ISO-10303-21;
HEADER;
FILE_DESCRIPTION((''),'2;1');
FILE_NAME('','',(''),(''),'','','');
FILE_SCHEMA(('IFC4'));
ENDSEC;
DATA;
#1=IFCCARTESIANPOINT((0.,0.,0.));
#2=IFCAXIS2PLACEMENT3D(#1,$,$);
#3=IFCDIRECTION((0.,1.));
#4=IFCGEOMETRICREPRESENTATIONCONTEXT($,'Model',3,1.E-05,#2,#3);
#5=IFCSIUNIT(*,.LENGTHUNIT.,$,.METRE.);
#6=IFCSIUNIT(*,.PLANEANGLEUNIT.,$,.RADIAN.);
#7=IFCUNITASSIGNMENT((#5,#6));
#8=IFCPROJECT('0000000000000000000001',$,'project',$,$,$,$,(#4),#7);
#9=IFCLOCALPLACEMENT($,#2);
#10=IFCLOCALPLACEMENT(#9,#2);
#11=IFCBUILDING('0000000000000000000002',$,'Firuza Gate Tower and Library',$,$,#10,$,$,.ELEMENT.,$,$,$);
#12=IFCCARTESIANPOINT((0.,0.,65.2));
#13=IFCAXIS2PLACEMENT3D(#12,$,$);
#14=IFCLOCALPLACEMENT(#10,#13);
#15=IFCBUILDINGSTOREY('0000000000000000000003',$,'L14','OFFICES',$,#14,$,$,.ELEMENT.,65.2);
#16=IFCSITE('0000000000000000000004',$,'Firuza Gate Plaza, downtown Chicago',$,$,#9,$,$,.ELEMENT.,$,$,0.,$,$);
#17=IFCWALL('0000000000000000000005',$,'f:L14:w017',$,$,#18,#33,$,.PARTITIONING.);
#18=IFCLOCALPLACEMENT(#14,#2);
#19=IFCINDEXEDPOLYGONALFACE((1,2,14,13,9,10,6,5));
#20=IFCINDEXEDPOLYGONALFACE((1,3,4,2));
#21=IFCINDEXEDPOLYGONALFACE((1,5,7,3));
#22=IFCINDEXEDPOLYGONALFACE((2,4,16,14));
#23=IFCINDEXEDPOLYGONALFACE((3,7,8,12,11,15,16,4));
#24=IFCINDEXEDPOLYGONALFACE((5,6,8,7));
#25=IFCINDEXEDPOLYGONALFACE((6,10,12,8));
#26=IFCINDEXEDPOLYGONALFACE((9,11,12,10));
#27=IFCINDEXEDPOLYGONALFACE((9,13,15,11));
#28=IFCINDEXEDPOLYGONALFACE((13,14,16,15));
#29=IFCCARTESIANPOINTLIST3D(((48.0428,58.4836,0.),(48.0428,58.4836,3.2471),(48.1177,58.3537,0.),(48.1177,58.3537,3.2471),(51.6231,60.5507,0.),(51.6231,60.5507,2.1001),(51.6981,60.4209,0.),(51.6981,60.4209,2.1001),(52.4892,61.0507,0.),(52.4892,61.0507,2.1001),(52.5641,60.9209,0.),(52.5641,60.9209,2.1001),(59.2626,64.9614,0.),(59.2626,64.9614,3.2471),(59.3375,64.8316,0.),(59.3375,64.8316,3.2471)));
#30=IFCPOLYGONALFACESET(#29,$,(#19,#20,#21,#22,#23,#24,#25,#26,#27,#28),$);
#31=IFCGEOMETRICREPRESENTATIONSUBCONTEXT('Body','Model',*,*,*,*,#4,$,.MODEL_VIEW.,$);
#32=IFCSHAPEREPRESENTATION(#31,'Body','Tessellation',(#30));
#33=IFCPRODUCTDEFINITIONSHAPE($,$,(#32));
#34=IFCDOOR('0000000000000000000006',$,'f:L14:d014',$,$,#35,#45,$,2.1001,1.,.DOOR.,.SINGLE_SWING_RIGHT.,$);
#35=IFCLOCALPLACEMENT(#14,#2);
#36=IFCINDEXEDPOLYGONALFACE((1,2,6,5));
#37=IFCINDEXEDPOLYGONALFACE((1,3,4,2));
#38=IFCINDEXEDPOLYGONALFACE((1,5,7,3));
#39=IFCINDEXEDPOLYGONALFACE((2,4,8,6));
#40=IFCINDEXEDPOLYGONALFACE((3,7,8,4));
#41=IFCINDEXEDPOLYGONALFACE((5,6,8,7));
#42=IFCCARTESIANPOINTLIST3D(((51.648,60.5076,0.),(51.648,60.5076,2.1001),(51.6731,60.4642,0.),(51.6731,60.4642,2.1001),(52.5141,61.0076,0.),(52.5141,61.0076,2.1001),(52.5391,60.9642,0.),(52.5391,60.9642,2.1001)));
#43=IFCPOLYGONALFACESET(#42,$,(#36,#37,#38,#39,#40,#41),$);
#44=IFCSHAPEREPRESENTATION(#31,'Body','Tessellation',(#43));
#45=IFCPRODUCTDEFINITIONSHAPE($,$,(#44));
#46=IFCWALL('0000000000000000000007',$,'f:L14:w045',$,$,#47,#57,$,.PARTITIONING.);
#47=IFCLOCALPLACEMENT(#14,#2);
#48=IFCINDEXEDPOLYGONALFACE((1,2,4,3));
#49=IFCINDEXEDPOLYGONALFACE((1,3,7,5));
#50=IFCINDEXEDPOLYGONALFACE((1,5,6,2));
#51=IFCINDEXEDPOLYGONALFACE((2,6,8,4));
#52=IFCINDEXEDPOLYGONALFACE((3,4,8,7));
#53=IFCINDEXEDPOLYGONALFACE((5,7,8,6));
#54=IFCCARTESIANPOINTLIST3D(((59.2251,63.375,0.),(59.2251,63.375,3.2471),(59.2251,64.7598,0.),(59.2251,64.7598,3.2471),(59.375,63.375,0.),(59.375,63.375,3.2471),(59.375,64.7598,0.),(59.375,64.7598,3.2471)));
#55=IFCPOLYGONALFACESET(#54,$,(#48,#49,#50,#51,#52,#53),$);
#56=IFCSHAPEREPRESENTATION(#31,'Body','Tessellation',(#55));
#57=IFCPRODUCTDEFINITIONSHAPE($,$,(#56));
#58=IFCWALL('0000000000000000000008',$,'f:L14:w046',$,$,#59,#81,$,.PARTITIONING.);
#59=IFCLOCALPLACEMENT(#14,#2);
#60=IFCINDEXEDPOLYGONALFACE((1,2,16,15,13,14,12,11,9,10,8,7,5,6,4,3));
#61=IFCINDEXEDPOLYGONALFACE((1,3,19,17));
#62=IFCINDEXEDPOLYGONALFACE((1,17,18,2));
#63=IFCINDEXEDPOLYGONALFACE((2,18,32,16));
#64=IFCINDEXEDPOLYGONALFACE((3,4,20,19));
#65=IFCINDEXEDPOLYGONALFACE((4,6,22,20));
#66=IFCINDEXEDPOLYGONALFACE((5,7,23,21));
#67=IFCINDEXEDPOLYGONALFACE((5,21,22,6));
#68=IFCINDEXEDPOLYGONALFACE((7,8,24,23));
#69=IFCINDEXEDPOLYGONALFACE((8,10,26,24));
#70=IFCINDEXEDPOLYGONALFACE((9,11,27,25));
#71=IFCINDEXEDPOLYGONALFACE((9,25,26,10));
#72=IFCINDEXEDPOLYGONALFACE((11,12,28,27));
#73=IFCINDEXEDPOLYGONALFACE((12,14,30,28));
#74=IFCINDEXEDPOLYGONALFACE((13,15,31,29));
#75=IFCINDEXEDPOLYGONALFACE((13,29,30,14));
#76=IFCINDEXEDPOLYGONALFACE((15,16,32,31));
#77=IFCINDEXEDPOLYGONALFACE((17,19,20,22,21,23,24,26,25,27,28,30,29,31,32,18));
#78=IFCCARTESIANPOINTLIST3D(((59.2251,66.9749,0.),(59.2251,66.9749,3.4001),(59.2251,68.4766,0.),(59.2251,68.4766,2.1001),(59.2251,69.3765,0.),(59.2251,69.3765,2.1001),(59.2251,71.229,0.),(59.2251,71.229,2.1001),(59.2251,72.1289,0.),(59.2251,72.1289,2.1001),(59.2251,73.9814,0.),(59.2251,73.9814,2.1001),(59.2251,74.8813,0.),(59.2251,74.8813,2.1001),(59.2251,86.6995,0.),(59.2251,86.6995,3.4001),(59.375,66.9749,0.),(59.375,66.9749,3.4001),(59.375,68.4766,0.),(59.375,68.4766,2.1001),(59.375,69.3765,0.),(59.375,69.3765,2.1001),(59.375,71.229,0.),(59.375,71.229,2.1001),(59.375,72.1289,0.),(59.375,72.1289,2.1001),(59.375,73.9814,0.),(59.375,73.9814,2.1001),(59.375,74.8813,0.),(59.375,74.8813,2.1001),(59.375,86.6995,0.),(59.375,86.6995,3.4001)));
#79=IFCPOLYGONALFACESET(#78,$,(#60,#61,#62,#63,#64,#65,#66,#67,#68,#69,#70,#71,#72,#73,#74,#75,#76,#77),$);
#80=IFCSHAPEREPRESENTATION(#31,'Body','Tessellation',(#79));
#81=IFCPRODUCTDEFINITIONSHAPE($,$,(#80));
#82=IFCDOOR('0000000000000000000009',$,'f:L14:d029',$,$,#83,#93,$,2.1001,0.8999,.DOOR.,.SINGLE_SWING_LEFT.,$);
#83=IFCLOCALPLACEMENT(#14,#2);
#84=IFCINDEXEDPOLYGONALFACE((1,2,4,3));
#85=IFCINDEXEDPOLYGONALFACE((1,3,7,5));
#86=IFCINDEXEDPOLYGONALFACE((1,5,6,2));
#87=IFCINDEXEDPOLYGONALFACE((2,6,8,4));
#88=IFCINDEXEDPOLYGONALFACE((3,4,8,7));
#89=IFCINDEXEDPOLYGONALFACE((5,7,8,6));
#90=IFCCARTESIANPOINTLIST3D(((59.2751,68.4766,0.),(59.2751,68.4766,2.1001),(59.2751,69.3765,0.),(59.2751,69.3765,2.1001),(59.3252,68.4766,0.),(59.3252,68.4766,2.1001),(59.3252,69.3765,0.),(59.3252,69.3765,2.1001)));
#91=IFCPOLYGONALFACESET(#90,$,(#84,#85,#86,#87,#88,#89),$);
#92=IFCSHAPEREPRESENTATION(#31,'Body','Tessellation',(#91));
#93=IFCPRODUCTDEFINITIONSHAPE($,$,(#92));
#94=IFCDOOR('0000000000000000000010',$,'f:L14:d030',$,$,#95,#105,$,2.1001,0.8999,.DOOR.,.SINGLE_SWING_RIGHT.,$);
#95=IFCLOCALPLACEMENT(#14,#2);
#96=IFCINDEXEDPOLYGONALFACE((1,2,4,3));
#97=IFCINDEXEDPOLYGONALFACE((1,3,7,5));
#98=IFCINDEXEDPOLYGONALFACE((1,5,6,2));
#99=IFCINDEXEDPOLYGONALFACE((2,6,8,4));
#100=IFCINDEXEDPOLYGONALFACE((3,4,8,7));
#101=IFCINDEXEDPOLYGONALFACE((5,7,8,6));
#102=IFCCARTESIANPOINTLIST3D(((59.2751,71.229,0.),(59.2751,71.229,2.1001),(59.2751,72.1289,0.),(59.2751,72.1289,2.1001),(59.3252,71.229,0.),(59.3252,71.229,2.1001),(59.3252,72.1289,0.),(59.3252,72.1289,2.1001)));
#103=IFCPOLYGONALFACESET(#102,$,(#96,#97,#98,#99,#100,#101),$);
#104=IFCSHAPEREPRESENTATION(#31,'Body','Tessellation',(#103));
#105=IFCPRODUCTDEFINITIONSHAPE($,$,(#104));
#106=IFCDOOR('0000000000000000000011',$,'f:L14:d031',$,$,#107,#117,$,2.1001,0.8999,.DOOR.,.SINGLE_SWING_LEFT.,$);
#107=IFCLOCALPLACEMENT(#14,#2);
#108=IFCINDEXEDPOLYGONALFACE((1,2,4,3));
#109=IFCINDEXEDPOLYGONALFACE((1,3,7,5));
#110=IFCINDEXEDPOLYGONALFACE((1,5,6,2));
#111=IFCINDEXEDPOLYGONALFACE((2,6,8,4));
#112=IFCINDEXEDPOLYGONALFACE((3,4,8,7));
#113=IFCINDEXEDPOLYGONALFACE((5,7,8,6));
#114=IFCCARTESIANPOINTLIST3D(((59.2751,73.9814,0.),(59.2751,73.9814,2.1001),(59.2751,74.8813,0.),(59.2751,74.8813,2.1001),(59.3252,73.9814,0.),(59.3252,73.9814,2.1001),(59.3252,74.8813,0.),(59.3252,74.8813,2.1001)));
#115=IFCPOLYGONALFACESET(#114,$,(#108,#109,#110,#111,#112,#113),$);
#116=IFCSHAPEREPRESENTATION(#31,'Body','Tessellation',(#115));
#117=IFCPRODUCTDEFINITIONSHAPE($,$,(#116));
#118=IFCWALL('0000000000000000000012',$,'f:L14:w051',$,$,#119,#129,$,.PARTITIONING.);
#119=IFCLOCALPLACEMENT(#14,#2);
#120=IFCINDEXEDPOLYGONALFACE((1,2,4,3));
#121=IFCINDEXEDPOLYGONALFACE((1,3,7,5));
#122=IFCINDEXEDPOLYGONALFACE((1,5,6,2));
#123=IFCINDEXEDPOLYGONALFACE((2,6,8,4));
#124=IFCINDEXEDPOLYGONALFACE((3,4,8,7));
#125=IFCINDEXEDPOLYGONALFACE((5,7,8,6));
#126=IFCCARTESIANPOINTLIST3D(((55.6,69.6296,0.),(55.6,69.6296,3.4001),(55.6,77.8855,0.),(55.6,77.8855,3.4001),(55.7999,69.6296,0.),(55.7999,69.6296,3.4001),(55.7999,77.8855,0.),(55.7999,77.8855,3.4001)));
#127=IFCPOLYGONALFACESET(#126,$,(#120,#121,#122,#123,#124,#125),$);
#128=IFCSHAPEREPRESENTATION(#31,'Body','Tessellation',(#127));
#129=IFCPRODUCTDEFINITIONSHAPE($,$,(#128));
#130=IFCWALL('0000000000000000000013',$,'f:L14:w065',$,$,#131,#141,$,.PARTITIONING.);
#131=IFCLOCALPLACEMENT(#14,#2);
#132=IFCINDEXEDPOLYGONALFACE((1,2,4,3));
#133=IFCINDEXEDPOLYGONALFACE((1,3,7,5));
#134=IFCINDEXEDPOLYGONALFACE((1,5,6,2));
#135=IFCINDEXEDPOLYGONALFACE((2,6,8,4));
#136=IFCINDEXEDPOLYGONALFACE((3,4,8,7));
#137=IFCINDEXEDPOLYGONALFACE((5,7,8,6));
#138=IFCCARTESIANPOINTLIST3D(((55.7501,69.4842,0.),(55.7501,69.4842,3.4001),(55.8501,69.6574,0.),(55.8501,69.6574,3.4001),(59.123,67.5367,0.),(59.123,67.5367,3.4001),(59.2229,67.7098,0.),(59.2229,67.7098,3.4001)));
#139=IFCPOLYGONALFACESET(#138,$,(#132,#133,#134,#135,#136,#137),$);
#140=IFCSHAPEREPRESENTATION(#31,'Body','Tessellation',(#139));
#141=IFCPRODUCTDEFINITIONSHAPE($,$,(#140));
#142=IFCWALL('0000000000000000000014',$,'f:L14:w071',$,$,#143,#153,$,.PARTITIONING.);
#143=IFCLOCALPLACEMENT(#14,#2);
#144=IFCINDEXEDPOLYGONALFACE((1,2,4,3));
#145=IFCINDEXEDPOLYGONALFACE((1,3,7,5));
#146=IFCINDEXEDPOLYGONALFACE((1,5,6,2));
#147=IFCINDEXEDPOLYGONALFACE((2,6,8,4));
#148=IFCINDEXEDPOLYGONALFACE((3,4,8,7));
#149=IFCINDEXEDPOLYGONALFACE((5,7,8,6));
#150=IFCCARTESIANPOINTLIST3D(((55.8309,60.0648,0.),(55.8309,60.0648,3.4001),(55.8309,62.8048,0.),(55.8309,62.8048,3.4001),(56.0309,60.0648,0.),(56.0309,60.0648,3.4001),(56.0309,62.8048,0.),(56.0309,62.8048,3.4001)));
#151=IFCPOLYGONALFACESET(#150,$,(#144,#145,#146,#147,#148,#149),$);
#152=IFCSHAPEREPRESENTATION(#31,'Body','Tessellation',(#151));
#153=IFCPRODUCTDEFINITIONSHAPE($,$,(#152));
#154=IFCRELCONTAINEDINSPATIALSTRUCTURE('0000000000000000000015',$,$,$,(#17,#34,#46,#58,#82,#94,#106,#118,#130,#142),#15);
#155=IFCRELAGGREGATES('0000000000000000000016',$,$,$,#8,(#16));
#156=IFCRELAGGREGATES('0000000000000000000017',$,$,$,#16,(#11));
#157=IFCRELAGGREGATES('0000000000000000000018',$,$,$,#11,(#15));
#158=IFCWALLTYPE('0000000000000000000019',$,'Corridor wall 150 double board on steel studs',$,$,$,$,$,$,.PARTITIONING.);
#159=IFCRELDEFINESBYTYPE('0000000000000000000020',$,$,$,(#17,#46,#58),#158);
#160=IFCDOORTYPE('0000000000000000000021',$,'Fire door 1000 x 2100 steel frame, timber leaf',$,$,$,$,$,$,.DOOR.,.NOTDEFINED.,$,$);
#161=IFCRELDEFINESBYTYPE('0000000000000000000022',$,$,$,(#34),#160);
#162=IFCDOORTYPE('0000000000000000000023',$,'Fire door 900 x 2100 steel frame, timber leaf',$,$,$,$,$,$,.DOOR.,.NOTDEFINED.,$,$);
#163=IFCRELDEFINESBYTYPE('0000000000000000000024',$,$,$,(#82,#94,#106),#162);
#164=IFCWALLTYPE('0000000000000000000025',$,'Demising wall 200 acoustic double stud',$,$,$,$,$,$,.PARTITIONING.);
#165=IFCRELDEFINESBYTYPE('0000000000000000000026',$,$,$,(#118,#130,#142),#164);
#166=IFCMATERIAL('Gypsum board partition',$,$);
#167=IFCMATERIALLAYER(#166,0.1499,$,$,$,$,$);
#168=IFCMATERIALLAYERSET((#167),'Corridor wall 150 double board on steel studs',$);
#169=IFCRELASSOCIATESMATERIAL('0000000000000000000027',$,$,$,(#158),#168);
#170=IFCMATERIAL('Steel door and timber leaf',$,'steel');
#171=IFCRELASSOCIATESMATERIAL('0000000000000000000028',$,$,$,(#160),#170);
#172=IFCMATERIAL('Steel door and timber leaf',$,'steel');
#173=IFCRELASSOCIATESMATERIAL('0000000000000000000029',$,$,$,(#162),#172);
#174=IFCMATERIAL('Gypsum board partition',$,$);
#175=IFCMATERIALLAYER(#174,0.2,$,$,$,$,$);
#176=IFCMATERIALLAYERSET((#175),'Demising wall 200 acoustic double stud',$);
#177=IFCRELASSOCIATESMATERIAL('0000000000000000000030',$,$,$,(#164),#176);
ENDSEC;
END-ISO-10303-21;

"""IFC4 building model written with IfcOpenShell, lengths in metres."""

from ifc_helpers import new_model, si_unit, direction, frame, frame_2d, origin, place, context, subcontext, project, spatial, rectangle, extrude, material, layer, layer_set, type_object, element, fill, save


model = new_model("IFC4")

# Units and contexts
model_context = context("Model", 3, precision=1e-05, world=origin(), true_north=direction((0.0, 1.0)))
body_context = subcontext(model_context, "Body", "Model", "MODEL_VIEW")
ifc_project = project(units=[si_unit("LENGTHUNIT", "METRE"), si_unit("PLANEANGLEUNIT", "RADIAN")], contexts=[model_context])

# Site, building, storey
site_placement = place(None, origin())
site = spatial("IfcSite", under=ifc_project, at=site_placement, Name="Firuza Gate Plaza, downtown Chicago", CompositionType="ELEMENT", RefElevation=0.0)
building_placement = place(site_placement, origin())
building = spatial("IfcBuilding", under=site, at=building_placement, Name="Firuza Gate Tower and Library", CompositionType="ELEMENT")
storey_placement = place(building_placement, frame((0.0, 0.0, 65.2)))
storey = spatial("IfcBuildingStorey", under=building, at=storey_placement, Name="L14", Description="OFFICES", CompositionType="ELEMENT", Elevation=65.2)

# Wall, opening, door
ifc_material_1 = material(Name="Gypsum board partition")
ifc_layer_1 = layer(ifc_material_1, 0.1499)
ifc_layer_set_1 = layer_set([ifc_layer_1], Name="Corridor wall 150 double board on steel studs")
wall_type_1 = type_object("IfcWallType", Name="Corridor wall 150 double board on steel studs", PredefinedType="PARTITIONING", material=ifc_layer_set_1)
wall_1_placement = place(storey_placement, frame((59.3, 64.8965, 0.0), z_axis=(0.0, 0.0, 1.0), x_axis=(-0.866023, -0.500004, 0.0)))
wall_1 = element("IfcWall", 1, at=wall_1_placement, inside=storey, type_object=wall_type_1, Name="f:L14:w017", PredefinedType="PARTITIONING", context=body_context, shape_type="SweptSolid", body=[
    extrude(rectangle(XDim=12.9556, YDim=0.1499, at=frame_2d((6.4778, 0.0))), origin(), (0.0, 0.0, 1.0), 3.2471),
])
opening_1_placement = place(wall_1_placement, frame((7.8213, 0.0, 0.0)))
opening_1 = element("IfcOpeningElement", 2, at=opening_1_placement, cuts=wall_1, PredefinedType="OPENING", context=body_context, shape_type="SweptSolid", body=[
    extrude(rectangle(XDim=1.0, YDim=2.1001, at=frame_2d((0.5, 1.05))), frame((0.0, 0.085, 0.0), z_axis=(0.0, -1.0, 0.0), x_axis=(1.0, 0.0, 0.0)), (0.0, 0.0, 1.0), 0.1699),
])
ifc_material_2 = material(Name="Steel door and timber leaf", Category="steel")
door_type_1 = type_object("IfcDoorType", Name="Fire door 1000 x 2100 steel frame, timber leaf", OperationType="NOTDEFINED", PredefinedType="DOOR", material=ifc_material_2)
door_1_placement = place(opening_1_placement, origin())
door_1 = element("IfcDoor", 3, at=door_1_placement, inside=storey, type_object=door_type_1, Name="f:L14:d014", OperationType="SINGLE_SWING_RIGHT", OverallHeight=2.1001, OverallWidth=1.0, PredefinedType="DOOR", context=body_context, shape_type="SweptSolid", body=[
    extrude(rectangle(XDim=1.0, YDim=2.1001, at=frame_2d((0.5, 1.05))), frame((0.0, 0.0249, 0.0), z_axis=(0.0, -1.0, 0.0), x_axis=(1.0, 0.0, 0.0)), (0.0, 0.0, 1.0), 0.05),
])
fill(opening_1, door_1)

# Wall
wall_2_placement = place(storey_placement, frame((59.3, 63.375, 0.0), z_axis=(0.0, 0.0, 1.0), x_axis=(0.0, 1.0, 0.0)))
element("IfcWall", 4, at=wall_2_placement, inside=storey, type_object=wall_type_1, Name="f:L14:w045", PredefinedType="PARTITIONING", context=body_context, shape_type="SweptSolid", body=[
    extrude(rectangle(XDim=1.3848, YDim=0.1499, at=frame_2d((0.6924, 0.0))), origin(), (0.0, 0.0, 1.0), 3.2471),
])

# Wall, openings, doors
wall_3_placement = place(storey_placement, frame((59.3, 66.9749, 0.0), z_axis=(0.0, 0.0, 1.0), x_axis=(0.0, 1.0, 0.0)))
wall_3 = element("IfcWall", 5, at=wall_3_placement, inside=storey, type_object=wall_type_1, Name="f:L14:w046", PredefinedType="PARTITIONING", context=body_context, shape_type="SweptSolid", body=[
    extrude(rectangle(XDim=19.7246, YDim=0.1499, at=frame_2d((9.8623, 0.0))), origin(), (0.0, 0.0, 1.0), 3.4001),
])
opening_2_placement = place(wall_3_placement, frame((1.5017, 0.0, 0.0)))
opening_2 = element("IfcOpeningElement", 6, at=opening_2_placement, cuts=wall_3, PredefinedType="OPENING", context=body_context, shape_type="SweptSolid", body=[
    extrude(rectangle(XDim=0.8999, YDim=2.1001, at=frame_2d((0.45, 1.05))), frame((0.0, 0.085, 0.0), z_axis=(0.0, -1.0, 0.0), x_axis=(1.0, 0.0, 0.0)), (0.0, 0.0, 1.0), 0.1699),
])
opening_3_placement = place(wall_3_placement, frame((4.2542, 0.0, 0.0)))
opening_3 = element("IfcOpeningElement", 7, at=opening_3_placement, cuts=wall_3, PredefinedType="OPENING", context=body_context, shape_type="SweptSolid", body=[
    extrude(rectangle(XDim=0.8999, YDim=2.1001, at=frame_2d((0.45, 1.05))), frame((0.0, 0.085, 0.0), z_axis=(0.0, -1.0, 0.0), x_axis=(1.0, 0.0, 0.0)), (0.0, 0.0, 1.0), 0.1699),
])
opening_4_placement = place(wall_3_placement, frame((7.0066, 0.0, 0.0)))
opening_4 = element("IfcOpeningElement", 8, at=opening_4_placement, cuts=wall_3, PredefinedType="OPENING", context=body_context, shape_type="SweptSolid", body=[
    extrude(rectangle(XDim=0.8999, YDim=2.1001, at=frame_2d((0.45, 1.05))), frame((0.0, 0.085, 0.0), z_axis=(0.0, -1.0, 0.0), x_axis=(1.0, 0.0, 0.0)), (0.0, 0.0, 1.0), 0.1699),
])
ifc_material_3 = material(Name="Steel door and timber leaf", Category="steel")
door_type_2 = type_object("IfcDoorType", Name="Fire door 900 x 2100 steel frame, timber leaf", OperationType="NOTDEFINED", PredefinedType="DOOR", material=ifc_material_3)
door_2_placement = place(opening_2_placement, origin())
door_2 = element("IfcDoor", 9, at=door_2_placement, inside=storey, type_object=door_type_2, Name="f:L14:d029", OperationType="SINGLE_SWING_LEFT", OverallHeight=2.1001, OverallWidth=0.8999, PredefinedType="DOOR", context=body_context, shape_type="SweptSolid", body=[
    extrude(rectangle(XDim=0.8999, YDim=2.1001, at=frame_2d((0.45, 1.05))), frame((0.0, 0.0249, 0.0), z_axis=(0.0, -1.0, 0.0), x_axis=(1.0, 0.0, 0.0)), (0.0, 0.0, 1.0), 0.05),
])
fill(opening_2, door_2)
door_3_placement = place(opening_3_placement, origin())
door_3 = element("IfcDoor", 10, at=door_3_placement, inside=storey, type_object=door_type_2, Name="f:L14:d030", OperationType="SINGLE_SWING_RIGHT", OverallHeight=2.1001, OverallWidth=0.8999, PredefinedType="DOOR", context=body_context, shape_type="SweptSolid", body=[
    extrude(rectangle(XDim=0.8999, YDim=2.1001, at=frame_2d((0.45, 1.05))), frame((0.0, 0.0249, 0.0), z_axis=(0.0, -1.0, 0.0), x_axis=(1.0, 0.0, 0.0)), (0.0, 0.0, 1.0), 0.05),
])
fill(opening_3, door_3)
door_4_placement = place(opening_4_placement, origin())
door_4 = element("IfcDoor", 11, at=door_4_placement, inside=storey, type_object=door_type_2, Name="f:L14:d031", OperationType="SINGLE_SWING_LEFT", OverallHeight=2.1001, OverallWidth=0.8999, PredefinedType="DOOR", context=body_context, shape_type="SweptSolid", body=[
    extrude(rectangle(XDim=0.8999, YDim=2.1001, at=frame_2d((0.45, 1.05))), frame((0.0, 0.0249, 0.0), z_axis=(0.0, -1.0, 0.0), x_axis=(1.0, 0.0, 0.0)), (0.0, 0.0, 1.0), 0.05),
])
fill(opening_4, door_4)

# Walls
ifc_material_4 = material(Name="Gypsum board partition")
ifc_layer_2 = layer(ifc_material_4, 0.2)
ifc_layer_set_2 = layer_set([ifc_layer_2], Name="Demising wall 200 acoustic double stud")
wall_type_2 = type_object("IfcWallType", Name="Demising wall 200 acoustic double stud", PredefinedType="PARTITIONING", material=ifc_layer_set_2)
wall_4_placement = place(storey_placement, frame((55.7, 69.6296, 0.0), z_axis=(0.0, 0.0, 1.0), x_axis=(0.0, 1.0, 0.0)))
element("IfcWall", 12, at=wall_4_placement, inside=storey, type_object=wall_type_2, Name="f:L14:w051", PredefinedType="PARTITIONING", context=body_context, shape_type="SweptSolid", body=[
    extrude(rectangle(XDim=8.2559, YDim=0.2, at=frame_2d((4.1279, 0.0))), origin(), (0.0, 0.0, 1.0), 3.4001),
])
wall_5_placement = place(storey_placement, frame((59.1729, 67.6233, 0.0), z_axis=(0.0, 0.0, 1.0), x_axis=(-0.866001, 0.500043, 0.0)))
element("IfcWall", 13, at=wall_5_placement, inside=storey, type_object=wall_type_2, Name="f:L14:w065", PredefinedType="PARTITIONING", context=body_context, shape_type="SweptSolid", body=[
    extrude(rectangle(XDim=3.8948, YDim=0.2, at=frame_2d((1.9473, 0.0))), origin(), (0.0, 0.0, 1.0), 3.4001),
])
wall_6_placement = place(storey_placement, frame((55.9309, 60.0647, 0.0), z_axis=(0.0, 0.0, 1.0), x_axis=(0.0, 1.0, 0.0)))
element("IfcWall", 14, at=wall_6_placement, inside=storey, type_object=wall_type_2, Name="f:L14:w071", PredefinedType="PARTITIONING", context=body_context, shape_type="SweptSolid", body=[
    extrude(rectangle(XDim=2.74, YDim=0.2, at=frame_2d((1.3701, 0.0))), origin(), (0.0, 0.0, 1.0), 3.4001),
])

save(model, "model.ifc")
